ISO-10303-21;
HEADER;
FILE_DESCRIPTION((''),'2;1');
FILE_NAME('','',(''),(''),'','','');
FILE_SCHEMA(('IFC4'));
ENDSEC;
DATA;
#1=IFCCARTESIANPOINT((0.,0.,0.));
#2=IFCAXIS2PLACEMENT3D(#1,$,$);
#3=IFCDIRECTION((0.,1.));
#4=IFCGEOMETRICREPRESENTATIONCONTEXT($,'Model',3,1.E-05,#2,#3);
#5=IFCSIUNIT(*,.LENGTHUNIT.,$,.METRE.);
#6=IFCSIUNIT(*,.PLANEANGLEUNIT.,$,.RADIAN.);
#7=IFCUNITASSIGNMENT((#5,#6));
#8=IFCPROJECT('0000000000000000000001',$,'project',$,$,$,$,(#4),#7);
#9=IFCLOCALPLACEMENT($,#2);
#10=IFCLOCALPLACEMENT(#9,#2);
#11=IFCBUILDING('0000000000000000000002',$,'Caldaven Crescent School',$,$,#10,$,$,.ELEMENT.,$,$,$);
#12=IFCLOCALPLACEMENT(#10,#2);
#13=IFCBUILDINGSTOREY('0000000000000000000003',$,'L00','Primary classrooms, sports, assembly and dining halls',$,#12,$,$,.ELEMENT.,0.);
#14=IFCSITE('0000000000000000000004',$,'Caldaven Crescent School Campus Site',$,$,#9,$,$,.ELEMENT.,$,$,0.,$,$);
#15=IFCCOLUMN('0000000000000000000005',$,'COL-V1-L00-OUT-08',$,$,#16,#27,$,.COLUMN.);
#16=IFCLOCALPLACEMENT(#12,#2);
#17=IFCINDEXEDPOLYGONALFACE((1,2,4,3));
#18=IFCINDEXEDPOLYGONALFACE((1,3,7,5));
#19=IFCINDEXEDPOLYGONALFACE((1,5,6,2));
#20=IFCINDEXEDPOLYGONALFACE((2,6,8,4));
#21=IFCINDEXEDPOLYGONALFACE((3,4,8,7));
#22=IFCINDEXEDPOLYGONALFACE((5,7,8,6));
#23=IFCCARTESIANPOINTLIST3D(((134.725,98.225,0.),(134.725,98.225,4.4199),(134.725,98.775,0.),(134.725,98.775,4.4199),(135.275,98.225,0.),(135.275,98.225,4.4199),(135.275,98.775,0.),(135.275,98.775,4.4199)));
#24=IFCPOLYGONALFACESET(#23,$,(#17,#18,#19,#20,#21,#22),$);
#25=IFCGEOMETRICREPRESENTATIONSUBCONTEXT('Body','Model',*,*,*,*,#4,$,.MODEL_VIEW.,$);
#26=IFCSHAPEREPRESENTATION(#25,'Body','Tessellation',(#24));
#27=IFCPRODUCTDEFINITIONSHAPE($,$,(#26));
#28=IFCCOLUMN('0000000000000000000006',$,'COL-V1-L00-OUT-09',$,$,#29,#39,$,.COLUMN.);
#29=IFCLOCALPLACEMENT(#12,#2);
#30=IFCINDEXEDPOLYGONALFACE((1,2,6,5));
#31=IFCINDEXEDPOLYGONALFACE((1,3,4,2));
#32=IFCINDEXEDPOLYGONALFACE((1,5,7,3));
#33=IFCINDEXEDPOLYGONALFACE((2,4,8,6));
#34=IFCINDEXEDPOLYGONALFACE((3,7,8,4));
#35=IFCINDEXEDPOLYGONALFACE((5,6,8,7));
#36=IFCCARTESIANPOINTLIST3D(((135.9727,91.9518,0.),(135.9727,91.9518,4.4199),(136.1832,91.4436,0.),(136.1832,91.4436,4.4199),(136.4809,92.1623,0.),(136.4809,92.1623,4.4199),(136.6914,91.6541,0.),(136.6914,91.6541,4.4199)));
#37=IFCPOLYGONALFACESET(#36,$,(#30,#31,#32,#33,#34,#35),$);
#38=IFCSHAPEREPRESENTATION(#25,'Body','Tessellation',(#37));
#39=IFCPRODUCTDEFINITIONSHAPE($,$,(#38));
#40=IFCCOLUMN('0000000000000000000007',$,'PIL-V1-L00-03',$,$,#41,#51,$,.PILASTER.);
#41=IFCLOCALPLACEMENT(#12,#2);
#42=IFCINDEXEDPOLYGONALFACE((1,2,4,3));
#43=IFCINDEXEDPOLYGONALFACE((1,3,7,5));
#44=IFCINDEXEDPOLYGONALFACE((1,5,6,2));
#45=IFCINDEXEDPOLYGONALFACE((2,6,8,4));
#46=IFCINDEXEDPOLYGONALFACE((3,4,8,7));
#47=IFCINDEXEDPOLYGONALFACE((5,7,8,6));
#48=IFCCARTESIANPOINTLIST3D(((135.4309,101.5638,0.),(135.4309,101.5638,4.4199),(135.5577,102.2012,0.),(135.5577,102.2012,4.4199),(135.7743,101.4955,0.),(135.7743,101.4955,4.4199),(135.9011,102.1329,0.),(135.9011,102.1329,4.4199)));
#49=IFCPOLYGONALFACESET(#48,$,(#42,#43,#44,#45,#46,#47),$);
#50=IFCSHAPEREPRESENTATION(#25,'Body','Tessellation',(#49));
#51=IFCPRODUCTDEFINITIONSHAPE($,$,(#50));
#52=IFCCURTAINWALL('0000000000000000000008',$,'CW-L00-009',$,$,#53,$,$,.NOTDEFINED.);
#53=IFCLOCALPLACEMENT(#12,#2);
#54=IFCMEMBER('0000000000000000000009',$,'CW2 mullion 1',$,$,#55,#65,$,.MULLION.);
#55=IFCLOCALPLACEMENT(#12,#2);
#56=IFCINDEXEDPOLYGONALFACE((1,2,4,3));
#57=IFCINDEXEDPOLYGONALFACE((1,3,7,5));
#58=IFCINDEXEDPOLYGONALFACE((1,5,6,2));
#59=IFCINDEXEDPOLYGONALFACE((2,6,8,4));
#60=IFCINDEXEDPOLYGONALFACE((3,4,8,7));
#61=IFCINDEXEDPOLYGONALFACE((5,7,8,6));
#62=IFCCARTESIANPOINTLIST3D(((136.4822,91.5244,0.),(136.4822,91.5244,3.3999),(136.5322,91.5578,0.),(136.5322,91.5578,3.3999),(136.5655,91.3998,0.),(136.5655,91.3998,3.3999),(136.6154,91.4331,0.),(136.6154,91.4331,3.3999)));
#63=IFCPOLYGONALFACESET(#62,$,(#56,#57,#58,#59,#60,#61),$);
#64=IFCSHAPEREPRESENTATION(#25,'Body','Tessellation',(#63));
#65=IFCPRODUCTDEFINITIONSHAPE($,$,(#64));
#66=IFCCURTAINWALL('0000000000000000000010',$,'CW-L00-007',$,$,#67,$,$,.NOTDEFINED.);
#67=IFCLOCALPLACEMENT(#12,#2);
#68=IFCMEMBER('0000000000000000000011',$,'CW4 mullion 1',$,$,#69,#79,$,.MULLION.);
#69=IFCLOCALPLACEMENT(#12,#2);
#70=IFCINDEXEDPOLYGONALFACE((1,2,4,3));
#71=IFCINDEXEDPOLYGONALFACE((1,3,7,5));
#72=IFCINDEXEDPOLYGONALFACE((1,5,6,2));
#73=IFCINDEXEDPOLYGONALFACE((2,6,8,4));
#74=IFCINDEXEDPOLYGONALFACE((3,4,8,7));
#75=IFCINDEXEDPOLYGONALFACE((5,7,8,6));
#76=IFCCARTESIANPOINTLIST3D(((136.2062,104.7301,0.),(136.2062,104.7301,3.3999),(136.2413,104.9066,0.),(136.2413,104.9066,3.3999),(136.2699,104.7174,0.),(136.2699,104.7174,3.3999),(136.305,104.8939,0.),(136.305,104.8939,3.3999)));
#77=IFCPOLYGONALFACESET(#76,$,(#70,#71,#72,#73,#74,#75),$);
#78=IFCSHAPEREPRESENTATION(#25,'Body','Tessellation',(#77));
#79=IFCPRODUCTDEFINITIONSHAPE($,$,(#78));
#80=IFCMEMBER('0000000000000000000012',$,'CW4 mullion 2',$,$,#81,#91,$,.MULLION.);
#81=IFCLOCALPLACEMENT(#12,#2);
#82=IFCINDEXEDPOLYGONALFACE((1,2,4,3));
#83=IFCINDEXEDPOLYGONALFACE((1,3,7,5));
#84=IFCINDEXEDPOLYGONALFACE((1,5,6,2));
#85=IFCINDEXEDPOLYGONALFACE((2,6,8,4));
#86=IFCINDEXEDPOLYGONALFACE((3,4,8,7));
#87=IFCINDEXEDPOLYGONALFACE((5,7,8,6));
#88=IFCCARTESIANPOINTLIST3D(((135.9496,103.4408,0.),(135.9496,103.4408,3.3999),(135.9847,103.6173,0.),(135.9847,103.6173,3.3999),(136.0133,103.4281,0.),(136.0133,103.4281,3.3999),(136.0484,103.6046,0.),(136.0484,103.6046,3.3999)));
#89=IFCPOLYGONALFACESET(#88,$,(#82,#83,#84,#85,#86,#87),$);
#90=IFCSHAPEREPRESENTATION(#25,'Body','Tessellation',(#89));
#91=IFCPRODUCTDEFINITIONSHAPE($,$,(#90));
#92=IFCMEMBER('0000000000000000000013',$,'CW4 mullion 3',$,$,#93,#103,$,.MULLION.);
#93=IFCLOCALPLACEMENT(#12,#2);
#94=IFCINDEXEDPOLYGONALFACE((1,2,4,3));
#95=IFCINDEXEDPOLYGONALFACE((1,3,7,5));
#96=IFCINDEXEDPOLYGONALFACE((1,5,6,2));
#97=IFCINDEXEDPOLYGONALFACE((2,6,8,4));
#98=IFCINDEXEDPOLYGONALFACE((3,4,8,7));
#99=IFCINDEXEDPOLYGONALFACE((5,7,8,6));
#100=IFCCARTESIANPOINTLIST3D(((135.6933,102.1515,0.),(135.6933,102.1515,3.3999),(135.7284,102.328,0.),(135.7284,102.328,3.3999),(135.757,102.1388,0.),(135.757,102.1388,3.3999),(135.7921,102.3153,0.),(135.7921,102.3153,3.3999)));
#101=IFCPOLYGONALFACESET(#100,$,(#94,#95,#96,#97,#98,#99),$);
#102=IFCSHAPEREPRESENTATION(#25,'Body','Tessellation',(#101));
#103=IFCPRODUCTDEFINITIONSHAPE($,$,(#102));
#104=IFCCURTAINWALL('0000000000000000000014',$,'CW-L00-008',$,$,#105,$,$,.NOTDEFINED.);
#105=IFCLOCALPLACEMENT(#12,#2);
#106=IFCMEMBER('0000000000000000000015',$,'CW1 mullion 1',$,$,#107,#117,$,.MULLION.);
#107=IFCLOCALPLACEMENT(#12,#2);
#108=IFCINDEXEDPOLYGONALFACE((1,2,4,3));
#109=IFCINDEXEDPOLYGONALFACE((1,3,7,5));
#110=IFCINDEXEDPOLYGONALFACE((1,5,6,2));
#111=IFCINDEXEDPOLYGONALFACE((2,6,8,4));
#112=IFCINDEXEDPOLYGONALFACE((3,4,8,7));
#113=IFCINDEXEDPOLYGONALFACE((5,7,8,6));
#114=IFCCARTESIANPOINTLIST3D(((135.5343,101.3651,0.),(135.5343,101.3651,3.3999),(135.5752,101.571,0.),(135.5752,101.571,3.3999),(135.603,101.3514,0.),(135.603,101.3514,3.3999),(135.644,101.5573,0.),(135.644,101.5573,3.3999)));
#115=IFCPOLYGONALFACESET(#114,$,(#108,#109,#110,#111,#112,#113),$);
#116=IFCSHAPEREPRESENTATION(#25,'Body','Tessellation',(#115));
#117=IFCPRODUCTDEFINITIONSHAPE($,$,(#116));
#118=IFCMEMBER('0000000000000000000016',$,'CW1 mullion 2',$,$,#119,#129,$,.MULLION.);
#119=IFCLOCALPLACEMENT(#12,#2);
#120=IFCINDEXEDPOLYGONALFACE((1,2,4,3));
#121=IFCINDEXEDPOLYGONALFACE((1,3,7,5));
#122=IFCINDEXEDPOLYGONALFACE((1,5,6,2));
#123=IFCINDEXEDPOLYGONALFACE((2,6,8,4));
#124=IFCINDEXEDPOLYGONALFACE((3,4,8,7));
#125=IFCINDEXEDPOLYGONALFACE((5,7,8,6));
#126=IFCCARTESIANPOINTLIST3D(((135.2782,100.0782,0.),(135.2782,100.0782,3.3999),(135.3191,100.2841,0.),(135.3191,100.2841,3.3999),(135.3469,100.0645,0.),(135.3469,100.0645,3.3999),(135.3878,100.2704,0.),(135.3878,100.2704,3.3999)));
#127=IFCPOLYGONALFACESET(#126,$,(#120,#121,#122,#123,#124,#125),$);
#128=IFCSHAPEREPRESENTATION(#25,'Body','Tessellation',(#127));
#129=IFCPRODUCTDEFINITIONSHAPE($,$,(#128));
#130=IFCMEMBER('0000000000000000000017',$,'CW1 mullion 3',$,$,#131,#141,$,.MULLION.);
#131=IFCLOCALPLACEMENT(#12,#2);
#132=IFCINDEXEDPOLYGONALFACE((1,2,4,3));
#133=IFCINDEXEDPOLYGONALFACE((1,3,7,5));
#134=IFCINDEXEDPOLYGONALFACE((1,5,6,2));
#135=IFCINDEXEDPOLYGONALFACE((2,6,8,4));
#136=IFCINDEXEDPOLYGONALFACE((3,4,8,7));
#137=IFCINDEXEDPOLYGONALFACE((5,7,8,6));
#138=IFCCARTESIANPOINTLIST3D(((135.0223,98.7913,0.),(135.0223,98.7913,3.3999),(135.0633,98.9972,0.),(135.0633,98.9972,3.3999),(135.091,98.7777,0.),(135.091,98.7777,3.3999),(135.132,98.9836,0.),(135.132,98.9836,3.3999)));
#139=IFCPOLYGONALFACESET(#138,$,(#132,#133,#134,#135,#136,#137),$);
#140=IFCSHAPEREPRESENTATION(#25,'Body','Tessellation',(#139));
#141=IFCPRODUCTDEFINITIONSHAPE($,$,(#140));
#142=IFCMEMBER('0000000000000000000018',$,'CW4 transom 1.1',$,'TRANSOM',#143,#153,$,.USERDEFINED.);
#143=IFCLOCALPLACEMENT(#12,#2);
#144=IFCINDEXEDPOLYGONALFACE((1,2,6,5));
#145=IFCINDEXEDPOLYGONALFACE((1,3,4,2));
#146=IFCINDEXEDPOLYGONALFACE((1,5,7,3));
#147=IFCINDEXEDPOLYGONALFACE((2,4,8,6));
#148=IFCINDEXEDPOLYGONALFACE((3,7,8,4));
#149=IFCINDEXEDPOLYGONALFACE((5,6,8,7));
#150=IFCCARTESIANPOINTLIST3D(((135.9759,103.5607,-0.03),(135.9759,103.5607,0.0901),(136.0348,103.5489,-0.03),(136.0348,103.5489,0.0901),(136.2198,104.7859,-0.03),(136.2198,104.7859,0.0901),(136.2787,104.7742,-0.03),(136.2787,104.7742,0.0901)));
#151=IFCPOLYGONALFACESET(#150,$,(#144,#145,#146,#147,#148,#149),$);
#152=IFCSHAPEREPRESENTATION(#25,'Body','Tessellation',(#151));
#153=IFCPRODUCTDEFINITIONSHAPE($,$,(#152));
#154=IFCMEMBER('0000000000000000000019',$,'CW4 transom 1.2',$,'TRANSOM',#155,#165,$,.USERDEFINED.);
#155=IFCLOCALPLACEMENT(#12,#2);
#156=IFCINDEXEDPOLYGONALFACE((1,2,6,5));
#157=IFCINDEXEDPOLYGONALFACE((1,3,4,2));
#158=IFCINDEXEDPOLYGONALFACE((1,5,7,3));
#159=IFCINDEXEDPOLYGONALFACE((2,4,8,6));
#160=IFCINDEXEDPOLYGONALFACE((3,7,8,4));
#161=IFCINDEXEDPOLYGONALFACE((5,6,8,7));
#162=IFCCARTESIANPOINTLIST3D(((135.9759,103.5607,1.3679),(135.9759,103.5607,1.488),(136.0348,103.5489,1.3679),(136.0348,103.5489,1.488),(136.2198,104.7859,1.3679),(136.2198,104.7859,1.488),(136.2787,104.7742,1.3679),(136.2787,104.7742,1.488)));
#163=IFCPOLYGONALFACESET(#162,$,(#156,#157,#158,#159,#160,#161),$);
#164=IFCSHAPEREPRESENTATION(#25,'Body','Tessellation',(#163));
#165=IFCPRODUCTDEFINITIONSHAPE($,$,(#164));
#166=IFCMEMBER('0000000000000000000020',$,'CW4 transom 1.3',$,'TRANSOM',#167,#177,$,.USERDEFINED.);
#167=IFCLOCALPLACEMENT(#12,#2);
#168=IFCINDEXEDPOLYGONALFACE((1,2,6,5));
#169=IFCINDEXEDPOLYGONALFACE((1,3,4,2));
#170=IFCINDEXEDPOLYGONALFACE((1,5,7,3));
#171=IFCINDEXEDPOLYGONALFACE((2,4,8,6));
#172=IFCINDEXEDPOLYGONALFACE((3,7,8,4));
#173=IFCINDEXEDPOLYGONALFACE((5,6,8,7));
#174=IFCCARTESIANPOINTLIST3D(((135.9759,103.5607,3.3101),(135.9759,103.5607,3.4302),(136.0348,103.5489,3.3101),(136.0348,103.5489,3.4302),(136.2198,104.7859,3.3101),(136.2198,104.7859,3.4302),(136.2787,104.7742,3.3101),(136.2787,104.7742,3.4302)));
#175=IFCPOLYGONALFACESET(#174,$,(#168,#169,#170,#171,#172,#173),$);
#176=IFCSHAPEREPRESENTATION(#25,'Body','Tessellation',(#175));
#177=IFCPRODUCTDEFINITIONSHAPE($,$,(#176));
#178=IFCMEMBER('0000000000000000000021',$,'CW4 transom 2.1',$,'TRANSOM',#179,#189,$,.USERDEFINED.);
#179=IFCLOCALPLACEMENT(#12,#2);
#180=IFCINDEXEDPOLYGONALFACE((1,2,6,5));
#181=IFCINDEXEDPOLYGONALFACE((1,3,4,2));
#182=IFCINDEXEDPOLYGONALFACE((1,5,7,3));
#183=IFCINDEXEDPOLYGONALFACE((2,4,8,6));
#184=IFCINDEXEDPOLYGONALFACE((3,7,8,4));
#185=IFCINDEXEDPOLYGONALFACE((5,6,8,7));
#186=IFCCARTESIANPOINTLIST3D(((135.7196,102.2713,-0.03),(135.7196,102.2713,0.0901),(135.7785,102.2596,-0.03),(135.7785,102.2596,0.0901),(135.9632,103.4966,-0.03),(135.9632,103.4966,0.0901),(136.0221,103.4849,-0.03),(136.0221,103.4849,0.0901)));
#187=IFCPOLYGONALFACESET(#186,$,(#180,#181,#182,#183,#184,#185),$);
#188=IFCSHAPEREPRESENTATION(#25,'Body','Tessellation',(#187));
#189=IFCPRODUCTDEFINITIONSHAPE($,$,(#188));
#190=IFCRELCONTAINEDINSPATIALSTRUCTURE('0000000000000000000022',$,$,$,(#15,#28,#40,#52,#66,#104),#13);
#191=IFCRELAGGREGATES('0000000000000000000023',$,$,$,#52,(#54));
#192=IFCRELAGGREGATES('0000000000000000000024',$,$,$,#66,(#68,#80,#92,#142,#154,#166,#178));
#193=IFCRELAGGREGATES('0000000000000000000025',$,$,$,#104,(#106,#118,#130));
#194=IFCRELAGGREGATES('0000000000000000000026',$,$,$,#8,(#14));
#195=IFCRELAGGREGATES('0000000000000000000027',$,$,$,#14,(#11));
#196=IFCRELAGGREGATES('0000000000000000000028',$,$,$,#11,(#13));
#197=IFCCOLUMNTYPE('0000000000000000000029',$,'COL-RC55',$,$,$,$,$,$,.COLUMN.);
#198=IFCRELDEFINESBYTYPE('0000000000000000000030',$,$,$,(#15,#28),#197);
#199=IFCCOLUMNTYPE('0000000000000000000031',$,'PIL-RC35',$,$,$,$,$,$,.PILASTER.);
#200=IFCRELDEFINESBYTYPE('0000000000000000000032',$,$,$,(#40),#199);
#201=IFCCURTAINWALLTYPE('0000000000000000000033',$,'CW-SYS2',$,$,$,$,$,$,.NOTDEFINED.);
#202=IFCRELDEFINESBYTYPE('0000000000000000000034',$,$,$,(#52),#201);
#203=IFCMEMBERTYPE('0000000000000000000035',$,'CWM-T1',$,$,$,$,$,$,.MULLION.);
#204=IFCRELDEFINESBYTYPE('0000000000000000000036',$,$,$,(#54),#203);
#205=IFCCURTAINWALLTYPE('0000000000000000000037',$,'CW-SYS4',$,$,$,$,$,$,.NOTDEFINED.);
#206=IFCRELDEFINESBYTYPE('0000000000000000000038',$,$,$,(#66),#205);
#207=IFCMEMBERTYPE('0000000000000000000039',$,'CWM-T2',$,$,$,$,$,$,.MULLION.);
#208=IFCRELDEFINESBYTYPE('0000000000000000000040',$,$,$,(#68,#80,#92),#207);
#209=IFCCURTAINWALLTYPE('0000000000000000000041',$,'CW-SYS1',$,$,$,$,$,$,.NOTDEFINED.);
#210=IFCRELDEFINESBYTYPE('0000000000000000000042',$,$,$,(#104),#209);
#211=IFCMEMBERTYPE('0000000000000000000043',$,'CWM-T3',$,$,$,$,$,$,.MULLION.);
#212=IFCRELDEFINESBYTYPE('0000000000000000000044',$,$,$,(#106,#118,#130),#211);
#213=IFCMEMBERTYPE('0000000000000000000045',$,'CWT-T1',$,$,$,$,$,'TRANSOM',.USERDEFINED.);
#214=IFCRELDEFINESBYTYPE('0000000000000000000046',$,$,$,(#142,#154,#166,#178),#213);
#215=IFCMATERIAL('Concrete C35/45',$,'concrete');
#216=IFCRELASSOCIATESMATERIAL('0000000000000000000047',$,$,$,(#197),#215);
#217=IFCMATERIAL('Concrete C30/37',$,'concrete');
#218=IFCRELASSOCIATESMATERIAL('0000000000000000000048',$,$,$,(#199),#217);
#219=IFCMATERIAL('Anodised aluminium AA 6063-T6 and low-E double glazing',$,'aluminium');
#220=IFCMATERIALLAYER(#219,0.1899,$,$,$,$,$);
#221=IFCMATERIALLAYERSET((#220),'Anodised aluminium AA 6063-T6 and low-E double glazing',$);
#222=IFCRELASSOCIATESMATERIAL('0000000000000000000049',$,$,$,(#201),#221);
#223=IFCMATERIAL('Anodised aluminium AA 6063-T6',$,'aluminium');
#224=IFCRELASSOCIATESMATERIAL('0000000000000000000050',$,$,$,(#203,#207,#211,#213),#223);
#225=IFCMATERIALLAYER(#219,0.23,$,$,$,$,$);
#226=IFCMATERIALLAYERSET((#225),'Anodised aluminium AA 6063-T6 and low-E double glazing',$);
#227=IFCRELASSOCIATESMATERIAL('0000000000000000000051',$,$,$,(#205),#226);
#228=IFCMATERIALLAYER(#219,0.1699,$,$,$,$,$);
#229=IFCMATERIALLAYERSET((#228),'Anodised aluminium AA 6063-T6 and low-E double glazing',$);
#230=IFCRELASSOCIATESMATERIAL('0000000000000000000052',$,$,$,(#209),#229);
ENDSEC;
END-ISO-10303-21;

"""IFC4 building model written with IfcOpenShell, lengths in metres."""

from ifc_helpers import new_model, si_unit, direction, frame, origin, origin_2d, place, context, subcontext, project, spatial, rectangle, extrude, material, layer, layer_set, material_profile, profile_set, type_object, element, aggregate, save


model = new_model("IFC4")

# Units and contexts
model_context = context("Model", 3, precision=1e-05, world=origin(), true_north=direction((0.0, 1.0)))
body_context = subcontext(model_context, "Body", "Model", "MODEL_VIEW")
ifc_project = project(units=[si_unit("LENGTHUNIT", "METRE"), si_unit("PLANEANGLEUNIT", "RADIAN")], contexts=[model_context])

# Site, building, storey
site_placement = place(None, origin())
site = spatial("IfcSite", under=ifc_project, at=site_placement, Name="Caldaven Crescent School Campus Site", CompositionType="ELEMENT", RefElevation=0.0)
building_placement = place(site_placement, origin())
building = spatial("IfcBuilding", under=site, at=building_placement, Name="Caldaven Crescent School", CompositionType="ELEMENT")
storey_placement = place(building_placement, origin())
storey = spatial("IfcBuildingStorey", under=building, at=storey_placement, Name="L00", Description="Primary classrooms, sports, assembly and dining halls", CompositionType="ELEMENT", Elevation=0.0)

# Columns
ifc_material_1 = material(Name="Concrete C35/45", Category="concrete")
ifc_material_profile_1 = material_profile(ifc_material_1, rectangle(XDim=0.55, YDim=0.55, at=origin_2d()), Name="RC 550x550")
ifc_profile_set_1 = profile_set([ifc_material_profile_1], Name="Concrete C35/45")
column_type_1 = type_object("IfcColumnType", Name="COL-RC55", PredefinedType="COLUMN", material=ifc_profile_set_1)
for number, where, z_axis, x_axis, name in (
    (1, (135.0, 98.5, 0.0), (0.0, 0.0, 1.0), (-1.0, 0.0, 0.0), "COL-V1-L00-OUT-08"),
    (2, (136.332, 91.803, 0.0), (0.0, 0.0, 1.0), (-0.92388, -0.382683, 0.0), "COL-V1-L00-OUT-09"),
):
    element("IfcColumn", number, at=place(storey_placement, frame(where, z_axis=z_axis, x_axis=x_axis)), inside=storey, type_object=column_type_1, Name=name, PredefinedType="COLUMN", context=body_context, shape_type="SweptSolid", body=[
        extrude(rectangle(XDim=0.55, YDim=0.55, at=origin_2d()), origin(), (0.0, 0.0, 1.0), 4.4199),
    ])
ifc_material_2 = material(Name="Concrete C30/37", Category="concrete")
ifc_material_profile_2 = material_profile(ifc_material_2, rectangle(XDim=0.3501, YDim=0.6499, at=origin_2d()), Name="RC 350x650")
ifc_profile_set_2 = profile_set([ifc_material_profile_2], Name="Concrete C30/37")
column_type_2 = type_object("IfcColumnType", Name="PIL-RC35", PredefinedType="PILASTER", material=ifc_profile_set_2)
column_placement = place(storey_placement, frame((135.666, 101.8484, 0.0), z_axis=(0.0, 0.0, 1.0), x_axis=(-0.980785, 0.19509, 0.0)))
element("IfcColumn", 3, at=column_placement, inside=storey, type_object=column_type_2, Name="PIL-V1-L00-03", PredefinedType="PILASTER", context=body_context, shape_type="SweptSolid", body=[
    extrude(rectangle(XDim=0.3501, YDim=0.6499, at=origin_2d()), origin(), (0.0, 0.0, 1.0), 4.4199),
])

# Curtain wall, member
ifc_material_3 = material(Name="Anodised aluminium AA 6063-T6 and low-E double glazing", Category="aluminium")
ifc_layer_1 = layer(ifc_material_3, 0.1899)
ifc_layer_set_1 = layer_set([ifc_layer_1], Name="Anodised aluminium AA 6063-T6 and low-E double glazing")
curtain_wall_type_1 = type_object("IfcCurtainWallType", Name="CW-SYS2", PredefinedType="NOTDEFINED", material=ifc_layer_set_1)
curtain_wall_1_placement = place(storey_placement, origin())
curtain_wall_1 = element("IfcCurtainWall", 4, at=curtain_wall_1_placement, inside=storey, type_object=curtain_wall_type_1, Name="CW-L00-009", PredefinedType="NOTDEFINED")
ifc_material_4 = material(Name="Anodised aluminium AA 6063-T6", Category="aluminium")
ifc_material_profile_3 = material_profile(ifc_material_4, rectangle(XDim=0.0601, YDim=0.1499, at=origin_2d()), Name="CWM 60x150")
ifc_profile_set_3 = profile_set([ifc_material_profile_3], Name="Anodised aluminium AA 6063-T6")
member_type_1 = type_object("IfcMemberType", Name="CWM-T1", PredefinedType="MULLION", material=ifc_profile_set_3)
member_1_placement = place(storey_placement, frame((136.5488, 91.4788, 0.0), z_axis=(0.0, 0.0, 1.0), x_axis=(0.83147, 0.555569, 0.0)))
member_1 = element("IfcMember", 5, at=member_1_placement, type_object=member_type_1, Name="CW2 mullion 1", PredefinedType="MULLION", context=body_context, shape_type="SweptSolid", body=[
    extrude(rectangle(XDim=0.0601, YDim=0.1499, at=origin_2d()), origin(), (0.0, 0.0, 1.0), 3.3999),
])
aggregate(curtain_wall_1, [member_1])

# Curtain walls, members
ifc_layer_2 = layer(ifc_material_3, 0.23)
ifc_layer_set_2 = layer_set([ifc_layer_2], Name="Anodised aluminium AA 6063-T6 and low-E double glazing")
curtain_wall_type_2 = type_object("IfcCurtainWallType", Name="CW-SYS4", PredefinedType="NOTDEFINED", material=ifc_layer_set_2)
curtain_wall_2_placement = place(storey_placement, origin())
curtain_wall_2 = element("IfcCurtainWall", 6, at=curtain_wall_2_placement, inside=storey, type_object=curtain_wall_type_2, Name="CW-L00-007", PredefinedType="NOTDEFINED")
ifc_material_profile_4 = material_profile(ifc_material_4, rectangle(XDim=0.0649, YDim=0.1799, at=origin_2d()), Name="CWM 65x180")
ifc_profile_set_4 = profile_set([ifc_material_profile_4], Name="Anodised aluminium AA 6063-T6")
member_type_2 = type_object("IfcMemberType", Name="CWM-T2", PredefinedType="MULLION", material=ifc_profile_set_4)
member_2_placement = place(storey_placement, frame((136.2556, 104.812, 0.0), z_axis=(0.0, 0.0, 1.0), x_axis=(0.980785, -0.19509, 0.0)))
member_2 = element("IfcMember", 7, at=member_2_placement, type_object=member_type_2, Name="CW4 mullion 1", PredefinedType="MULLION", context=body_context, shape_type="SweptSolid", body=[
    extrude(rectangle(XDim=0.0649, YDim=0.1799, at=origin_2d()), origin(), (0.0, 0.0, 1.0), 3.3999),
])
member_3_placement = place(storey_placement, frame((135.999, 103.5227, 0.0), z_axis=(0.0, 0.0, 1.0), x_axis=(0.980785, -0.19509, 0.0)))
member_3 = element("IfcMember", 8, at=member_3_placement, type_object=member_type_2, Name="CW4 mullion 2", PredefinedType="MULLION", context=body_context, shape_type="SweptSolid", body=[
    extrude(rectangle(XDim=0.0649, YDim=0.1799, at=origin_2d()), origin(), (0.0, 0.0, 1.0), 3.3999),
])
member_4_placement = place(storey_placement, frame((135.7427, 102.2334, 0.0), z_axis=(0.0, 0.0, 1.0), x_axis=(0.980785, -0.19509, 0.0)))
member_4 = element("IfcMember", 9, at=member_4_placement, type_object=member_type_2, Name="CW4 mullion 3", PredefinedType="MULLION", context=body_context, shape_type="SweptSolid", body=[
    extrude(rectangle(XDim=0.0649, YDim=0.1799, at=origin_2d()), origin(), (0.0, 0.0, 1.0), 3.3999),
])
ifc_layer_3 = layer(ifc_material_3, 0.1699)
ifc_layer_set_3 = layer_set([ifc_layer_3], Name="Anodised aluminium AA 6063-T6 and low-E double glazing")
curtain_wall_type_3 = type_object("IfcCurtainWallType", Name="CW-SYS1", PredefinedType="NOTDEFINED", material=ifc_layer_set_3)
curtain_wall_3_placement = place(storey_placement, origin())
curtain_wall_3 = element("IfcCurtainWall", 10, at=curtain_wall_3_placement, inside=storey, type_object=curtain_wall_type_3, Name="CW-L00-008", PredefinedType="NOTDEFINED")
ifc_material_profile_5 = material_profile(ifc_material_4, rectangle(XDim=0.0701, YDim=0.21, at=origin_2d()), Name="CWM 70x210")
ifc_profile_set_5 = profile_set([ifc_material_profile_5], Name="Anodised aluminium AA 6063-T6")
member_type_3 = type_object("IfcMemberType", Name="CWM-T3", PredefinedType="MULLION", material=ifc_profile_set_5)
member_5_placement = place(storey_placement, frame((135.5891, 101.4612, 0.0), z_axis=(0.0, 0.0, 1.0), x_axis=(0.980785, -0.19509, 0.0)))
member_5 = element("IfcMember", 11, at=member_5_placement, type_object=member_type_3, Name="CW1 mullion 1", PredefinedType="MULLION", context=body_context, shape_type="SweptSolid", body=[
    extrude(rectangle(XDim=0.0701, YDim=0.21, at=origin_2d()), origin(), (0.0, 0.0, 1.0), 3.3999),
])
member_6_placement = place(storey_placement, frame((135.333, 100.1743, 0.0), z_axis=(0.0, 0.0, 1.0), x_axis=(0.980785, -0.19509, 0.0)))
member_6 = element("IfcMember", 12, at=member_6_placement, type_object=member_type_3, Name="CW1 mullion 2", PredefinedType="MULLION", context=body_context, shape_type="SweptSolid", body=[
    extrude(rectangle(XDim=0.0701, YDim=0.21, at=origin_2d()), origin(), (0.0, 0.0, 1.0), 3.3999),
])
member_7_placement = place(storey_placement, frame((135.0771, 98.8875, 0.0), z_axis=(0.0, 0.0, 1.0), x_axis=(0.980785, -0.19509, 0.0)))
member_7 = element("IfcMember", 13, at=member_7_placement, type_object=member_type_3, Name="CW1 mullion 3", PredefinedType="MULLION", context=body_context, shape_type="SweptSolid", body=[
    extrude(rectangle(XDim=0.0701, YDim=0.21, at=origin_2d()), origin(), (0.0, 0.0, 1.0), 3.3999),
])

# Members
ifc_material_profile_6 = material_profile(ifc_material_4, rectangle(XDim=0.0601, YDim=0.1201, at=origin_2d()), Name="CWT 60x120")
ifc_profile_set_6 = profile_set([ifc_material_profile_6], Name="Anodised aluminium AA 6063-T6")
member_type_4 = type_object("IfcMemberType", Name="CWT-T1", ElementType="TRANSOM", PredefinedType="USERDEFINED", material=ifc_profile_set_6)
member_8_placement = place(storey_placement, frame((136.2493, 104.78, 0.03), z_axis=(-0.195214, -0.980761, 0.0), x_axis=(0.980761, -0.195214, 0.0)))
member_8 = element("IfcMember", 14, at=member_8_placement, type_object=member_type_4, Name="CW4 transom 1.1", ObjectType="TRANSOM", PredefinedType="USERDEFINED", context=body_context, shape_type="SweptSolid", body=[
    extrude(rectangle(XDim=0.0601, YDim=0.1201, at=origin_2d()), origin(), (0.0, 0.0, 1.0), 1.2493),
])
member_9_placement = place(storey_placement, frame((136.2493, 104.78, 1.428), z_axis=(-0.195214, -0.980761, 0.0), x_axis=(0.980761, -0.195214, 0.0)))
member_9 = element("IfcMember", 15, at=member_9_placement, type_object=member_type_4, Name="CW4 transom 1.2", ObjectType="TRANSOM", PredefinedType="USERDEFINED", context=body_context, shape_type="SweptSolid", body=[
    extrude(rectangle(XDim=0.0601, YDim=0.1201, at=origin_2d()), origin(), (0.0, 0.0, 1.0), 1.2493),
])
member_10_placement = place(storey_placement, frame((136.2493, 104.78, 3.3701), z_axis=(-0.195214, -0.980761, 0.0), x_axis=(0.980761, -0.195214, 0.0)))
member_10 = element("IfcMember", 16, at=member_10_placement, type_object=member_type_4, Name="CW4 transom 1.3", ObjectType="TRANSOM", PredefinedType="USERDEFINED", context=body_context, shape_type="SweptSolid", body=[
    extrude(rectangle(XDim=0.0601, YDim=0.1201, at=origin_2d()), origin(), (0.0, 0.0, 1.0), 1.2493),
])
member_11_placement = place(storey_placement, frame((135.9927, 103.4907, 0.03), z_axis=(-0.195026, -0.980798, 0.0), x_axis=(0.980798, -0.195026, 0.0)))
member_11 = element("IfcMember", 17, at=member_11_placement, type_object=member_type_4, Name="CW4 transom 2.1", ObjectType="TRANSOM", PredefinedType="USERDEFINED", context=body_context, shape_type="SweptSolid", body=[
    extrude(rectangle(XDim=0.0601, YDim=0.1201, at=origin_2d()), origin(), (0.0, 0.0, 1.0), 1.2493),
])

aggregate(curtain_wall_2, [member_2, member_3, member_4, member_8, member_9, member_10, member_11])
aggregate(curtain_wall_3, [member_5, member_6, member_7])

save(model, "model.ifc")
